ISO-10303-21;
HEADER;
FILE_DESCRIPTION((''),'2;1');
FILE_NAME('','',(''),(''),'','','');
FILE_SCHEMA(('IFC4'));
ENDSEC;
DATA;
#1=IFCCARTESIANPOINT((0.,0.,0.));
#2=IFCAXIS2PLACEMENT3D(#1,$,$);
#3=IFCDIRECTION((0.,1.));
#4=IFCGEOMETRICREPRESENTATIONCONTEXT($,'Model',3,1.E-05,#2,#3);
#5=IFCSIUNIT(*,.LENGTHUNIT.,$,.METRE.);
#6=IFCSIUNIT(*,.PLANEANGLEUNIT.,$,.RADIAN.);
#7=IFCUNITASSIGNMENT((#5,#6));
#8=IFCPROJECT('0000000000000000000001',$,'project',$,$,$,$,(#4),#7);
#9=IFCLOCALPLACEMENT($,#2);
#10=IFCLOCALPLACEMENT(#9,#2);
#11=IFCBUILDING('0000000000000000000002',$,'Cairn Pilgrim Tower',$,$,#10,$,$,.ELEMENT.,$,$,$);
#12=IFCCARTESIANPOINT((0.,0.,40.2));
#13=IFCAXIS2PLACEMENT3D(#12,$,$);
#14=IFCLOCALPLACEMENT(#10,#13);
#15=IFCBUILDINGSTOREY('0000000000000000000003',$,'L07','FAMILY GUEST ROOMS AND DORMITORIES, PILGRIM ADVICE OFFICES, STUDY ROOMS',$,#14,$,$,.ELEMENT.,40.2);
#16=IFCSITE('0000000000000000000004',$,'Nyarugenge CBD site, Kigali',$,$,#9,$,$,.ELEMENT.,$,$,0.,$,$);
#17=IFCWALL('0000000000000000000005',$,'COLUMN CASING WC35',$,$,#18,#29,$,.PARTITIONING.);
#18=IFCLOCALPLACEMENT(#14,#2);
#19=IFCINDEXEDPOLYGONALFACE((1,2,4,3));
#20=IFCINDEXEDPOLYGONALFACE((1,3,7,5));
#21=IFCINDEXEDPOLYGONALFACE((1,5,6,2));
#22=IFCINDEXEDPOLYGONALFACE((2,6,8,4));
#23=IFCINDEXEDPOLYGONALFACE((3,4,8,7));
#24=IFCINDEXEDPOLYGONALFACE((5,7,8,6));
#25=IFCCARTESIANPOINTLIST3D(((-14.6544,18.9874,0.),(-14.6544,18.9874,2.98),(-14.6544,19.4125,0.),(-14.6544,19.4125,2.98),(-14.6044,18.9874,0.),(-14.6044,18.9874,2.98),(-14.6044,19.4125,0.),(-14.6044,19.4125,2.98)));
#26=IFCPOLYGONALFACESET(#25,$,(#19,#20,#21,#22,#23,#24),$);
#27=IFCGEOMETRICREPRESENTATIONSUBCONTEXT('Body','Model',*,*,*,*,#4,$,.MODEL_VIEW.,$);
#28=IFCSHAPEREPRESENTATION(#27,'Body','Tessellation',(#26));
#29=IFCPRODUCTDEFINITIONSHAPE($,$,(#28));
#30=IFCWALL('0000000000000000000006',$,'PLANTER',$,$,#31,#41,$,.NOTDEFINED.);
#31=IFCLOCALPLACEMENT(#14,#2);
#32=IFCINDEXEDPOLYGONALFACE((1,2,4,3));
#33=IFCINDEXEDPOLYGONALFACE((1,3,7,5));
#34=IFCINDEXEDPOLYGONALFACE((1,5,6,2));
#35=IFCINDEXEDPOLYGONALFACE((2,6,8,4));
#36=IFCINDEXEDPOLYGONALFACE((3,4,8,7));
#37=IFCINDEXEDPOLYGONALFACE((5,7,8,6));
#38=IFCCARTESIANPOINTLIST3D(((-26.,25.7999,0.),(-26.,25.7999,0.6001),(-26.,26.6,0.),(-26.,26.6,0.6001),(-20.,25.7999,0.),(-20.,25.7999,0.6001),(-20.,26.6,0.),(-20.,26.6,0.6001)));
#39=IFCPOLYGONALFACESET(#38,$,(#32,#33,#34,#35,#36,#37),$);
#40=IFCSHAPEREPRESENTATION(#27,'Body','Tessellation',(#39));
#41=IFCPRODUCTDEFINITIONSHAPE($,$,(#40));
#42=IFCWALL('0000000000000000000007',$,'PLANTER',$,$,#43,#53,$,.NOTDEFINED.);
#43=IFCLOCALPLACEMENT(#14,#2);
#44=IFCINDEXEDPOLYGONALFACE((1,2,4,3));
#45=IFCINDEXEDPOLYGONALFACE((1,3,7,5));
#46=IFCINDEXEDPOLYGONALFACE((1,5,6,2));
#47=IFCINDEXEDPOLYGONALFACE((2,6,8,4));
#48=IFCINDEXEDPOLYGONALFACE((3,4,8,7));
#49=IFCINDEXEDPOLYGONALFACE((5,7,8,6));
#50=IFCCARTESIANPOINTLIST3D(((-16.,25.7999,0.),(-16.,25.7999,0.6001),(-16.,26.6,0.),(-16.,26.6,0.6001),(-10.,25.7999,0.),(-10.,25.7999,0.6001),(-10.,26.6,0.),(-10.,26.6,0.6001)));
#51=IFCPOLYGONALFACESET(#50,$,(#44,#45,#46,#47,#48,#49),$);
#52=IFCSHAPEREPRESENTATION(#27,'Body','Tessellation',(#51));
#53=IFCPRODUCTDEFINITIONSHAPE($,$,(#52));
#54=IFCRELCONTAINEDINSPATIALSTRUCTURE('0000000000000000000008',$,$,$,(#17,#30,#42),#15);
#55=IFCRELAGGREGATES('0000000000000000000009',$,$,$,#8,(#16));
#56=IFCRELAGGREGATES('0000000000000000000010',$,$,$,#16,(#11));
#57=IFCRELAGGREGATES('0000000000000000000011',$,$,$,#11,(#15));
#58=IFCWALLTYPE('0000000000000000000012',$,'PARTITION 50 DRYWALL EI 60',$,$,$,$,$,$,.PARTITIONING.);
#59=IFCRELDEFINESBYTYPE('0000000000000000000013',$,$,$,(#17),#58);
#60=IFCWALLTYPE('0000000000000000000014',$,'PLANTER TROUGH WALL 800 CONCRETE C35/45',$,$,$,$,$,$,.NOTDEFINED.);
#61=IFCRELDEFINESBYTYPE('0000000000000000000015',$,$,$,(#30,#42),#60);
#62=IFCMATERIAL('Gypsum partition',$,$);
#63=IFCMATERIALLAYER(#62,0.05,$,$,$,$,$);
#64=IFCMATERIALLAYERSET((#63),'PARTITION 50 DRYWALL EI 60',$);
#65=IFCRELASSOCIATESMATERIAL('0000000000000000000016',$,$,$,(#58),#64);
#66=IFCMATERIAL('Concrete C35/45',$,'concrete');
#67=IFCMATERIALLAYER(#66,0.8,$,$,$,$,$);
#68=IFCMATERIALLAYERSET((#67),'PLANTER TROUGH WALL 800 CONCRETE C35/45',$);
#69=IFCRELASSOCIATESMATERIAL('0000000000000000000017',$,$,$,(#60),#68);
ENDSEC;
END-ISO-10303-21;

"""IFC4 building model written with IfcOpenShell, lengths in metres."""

from ifc_helpers import new_model, si_unit, direction, frame, frame_2d, origin, place, context, subcontext, project, spatial, rectangle, extrude, material, layer, layer_set, type_object, element, save


model = new_model("IFC4")

# Units and contexts
model_context = context("Model", 3, precision=1e-05, world=origin(), true_north=direction((0.0, 1.0)))
body_context = subcontext(model_context, "Body", "Model", "MODEL_VIEW")
ifc_project = project(units=[si_unit("LENGTHUNIT", "METRE"), si_unit("PLANEANGLEUNIT", "RADIAN")], contexts=[model_context])

# Site, building, storey
site_placement = place(None, origin())
site = spatial("IfcSite", under=ifc_project, at=site_placement, Name="Nyarugenge CBD site, Kigali", CompositionType="ELEMENT", RefElevation=0.0)
building_placement = place(site_placement, origin())
building = spatial("IfcBuilding", under=site, at=building_placement, Name="Cairn Pilgrim Tower", CompositionType="ELEMENT")
storey_placement = place(building_placement, frame((0.0, 0.0, 40.2)))
storey = spatial("IfcBuildingStorey", under=building, at=storey_placement, Name="L07", Description="FAMILY GUEST ROOMS AND DORMITORIES, PILGRIM ADVICE OFFICES, STUDY ROOMS", CompositionType="ELEMENT", Elevation=40.2)

# Walls
ifc_material_1 = material(Name="Gypsum partition")
ifc_layer_1 = layer(ifc_material_1, 0.05)
ifc_layer_set_1 = layer_set([ifc_layer_1], Name="PARTITION 50 DRYWALL EI 60")
wall_type_1 = type_object("IfcWallType", Name="PARTITION 50 DRYWALL EI 60", PredefinedType="PARTITIONING", material=ifc_layer_set_1)
wall_placement = place(storey_placement, frame((-14.6294, 18.9875, 0.0), z_axis=(0.0, 0.0, 1.0), x_axis=(0.0, 1.0, 0.0)))
element("IfcWall", 1, at=wall_placement, inside=storey, type_object=wall_type_1, Name="COLUMN CASING WC35", PredefinedType="PARTITIONING", context=body_context, shape_type="SweptSolid", body=[
    extrude(rectangle(XDim=0.425, YDim=0.05, at=frame_2d((0.2124, 0.0))), origin(), (0.0, 0.0, 1.0), 2.98),
])
ifc_material_2 = material(Name="Concrete C35/45", Category="concrete")
ifc_layer_2 = layer(ifc_material_2, 0.8)
ifc_layer_set_2 = layer_set([ifc_layer_2], Name="PLANTER TROUGH WALL 800 CONCRETE C35/45")
wall_type_2 = type_object("IfcWallType", Name="PLANTER TROUGH WALL 800 CONCRETE C35/45", PredefinedType="NOTDEFINED", material=ifc_layer_set_2)
for number, where, z_axis, x_axis, name in (
    (2, (-26.0, 26.2, 0.0), (0.0, 0.0, 1.0), (1.0, 0.0, 0.0), "PLANTER"),
    (3, (-16.0, 26.2, 0.0), (0.0, 0.0, 1.0), (1.0, 0.0, 0.0), "PLANTER"),
):
    element("IfcWall", number, at=place(storey_placement, frame(where, z_axis=z_axis, x_axis=x_axis)), inside=storey, type_object=wall_type_2, Name=name, PredefinedType="NOTDEFINED", context=body_context, shape_type="SweptSolid", body=[
        extrude(rectangle(XDim=6.0, YDim=0.8, at=frame_2d((3.0, 0.0))), origin(), (0.0, 0.0, 1.0), 0.6001),
    ])

save(model, "model.ifc")
